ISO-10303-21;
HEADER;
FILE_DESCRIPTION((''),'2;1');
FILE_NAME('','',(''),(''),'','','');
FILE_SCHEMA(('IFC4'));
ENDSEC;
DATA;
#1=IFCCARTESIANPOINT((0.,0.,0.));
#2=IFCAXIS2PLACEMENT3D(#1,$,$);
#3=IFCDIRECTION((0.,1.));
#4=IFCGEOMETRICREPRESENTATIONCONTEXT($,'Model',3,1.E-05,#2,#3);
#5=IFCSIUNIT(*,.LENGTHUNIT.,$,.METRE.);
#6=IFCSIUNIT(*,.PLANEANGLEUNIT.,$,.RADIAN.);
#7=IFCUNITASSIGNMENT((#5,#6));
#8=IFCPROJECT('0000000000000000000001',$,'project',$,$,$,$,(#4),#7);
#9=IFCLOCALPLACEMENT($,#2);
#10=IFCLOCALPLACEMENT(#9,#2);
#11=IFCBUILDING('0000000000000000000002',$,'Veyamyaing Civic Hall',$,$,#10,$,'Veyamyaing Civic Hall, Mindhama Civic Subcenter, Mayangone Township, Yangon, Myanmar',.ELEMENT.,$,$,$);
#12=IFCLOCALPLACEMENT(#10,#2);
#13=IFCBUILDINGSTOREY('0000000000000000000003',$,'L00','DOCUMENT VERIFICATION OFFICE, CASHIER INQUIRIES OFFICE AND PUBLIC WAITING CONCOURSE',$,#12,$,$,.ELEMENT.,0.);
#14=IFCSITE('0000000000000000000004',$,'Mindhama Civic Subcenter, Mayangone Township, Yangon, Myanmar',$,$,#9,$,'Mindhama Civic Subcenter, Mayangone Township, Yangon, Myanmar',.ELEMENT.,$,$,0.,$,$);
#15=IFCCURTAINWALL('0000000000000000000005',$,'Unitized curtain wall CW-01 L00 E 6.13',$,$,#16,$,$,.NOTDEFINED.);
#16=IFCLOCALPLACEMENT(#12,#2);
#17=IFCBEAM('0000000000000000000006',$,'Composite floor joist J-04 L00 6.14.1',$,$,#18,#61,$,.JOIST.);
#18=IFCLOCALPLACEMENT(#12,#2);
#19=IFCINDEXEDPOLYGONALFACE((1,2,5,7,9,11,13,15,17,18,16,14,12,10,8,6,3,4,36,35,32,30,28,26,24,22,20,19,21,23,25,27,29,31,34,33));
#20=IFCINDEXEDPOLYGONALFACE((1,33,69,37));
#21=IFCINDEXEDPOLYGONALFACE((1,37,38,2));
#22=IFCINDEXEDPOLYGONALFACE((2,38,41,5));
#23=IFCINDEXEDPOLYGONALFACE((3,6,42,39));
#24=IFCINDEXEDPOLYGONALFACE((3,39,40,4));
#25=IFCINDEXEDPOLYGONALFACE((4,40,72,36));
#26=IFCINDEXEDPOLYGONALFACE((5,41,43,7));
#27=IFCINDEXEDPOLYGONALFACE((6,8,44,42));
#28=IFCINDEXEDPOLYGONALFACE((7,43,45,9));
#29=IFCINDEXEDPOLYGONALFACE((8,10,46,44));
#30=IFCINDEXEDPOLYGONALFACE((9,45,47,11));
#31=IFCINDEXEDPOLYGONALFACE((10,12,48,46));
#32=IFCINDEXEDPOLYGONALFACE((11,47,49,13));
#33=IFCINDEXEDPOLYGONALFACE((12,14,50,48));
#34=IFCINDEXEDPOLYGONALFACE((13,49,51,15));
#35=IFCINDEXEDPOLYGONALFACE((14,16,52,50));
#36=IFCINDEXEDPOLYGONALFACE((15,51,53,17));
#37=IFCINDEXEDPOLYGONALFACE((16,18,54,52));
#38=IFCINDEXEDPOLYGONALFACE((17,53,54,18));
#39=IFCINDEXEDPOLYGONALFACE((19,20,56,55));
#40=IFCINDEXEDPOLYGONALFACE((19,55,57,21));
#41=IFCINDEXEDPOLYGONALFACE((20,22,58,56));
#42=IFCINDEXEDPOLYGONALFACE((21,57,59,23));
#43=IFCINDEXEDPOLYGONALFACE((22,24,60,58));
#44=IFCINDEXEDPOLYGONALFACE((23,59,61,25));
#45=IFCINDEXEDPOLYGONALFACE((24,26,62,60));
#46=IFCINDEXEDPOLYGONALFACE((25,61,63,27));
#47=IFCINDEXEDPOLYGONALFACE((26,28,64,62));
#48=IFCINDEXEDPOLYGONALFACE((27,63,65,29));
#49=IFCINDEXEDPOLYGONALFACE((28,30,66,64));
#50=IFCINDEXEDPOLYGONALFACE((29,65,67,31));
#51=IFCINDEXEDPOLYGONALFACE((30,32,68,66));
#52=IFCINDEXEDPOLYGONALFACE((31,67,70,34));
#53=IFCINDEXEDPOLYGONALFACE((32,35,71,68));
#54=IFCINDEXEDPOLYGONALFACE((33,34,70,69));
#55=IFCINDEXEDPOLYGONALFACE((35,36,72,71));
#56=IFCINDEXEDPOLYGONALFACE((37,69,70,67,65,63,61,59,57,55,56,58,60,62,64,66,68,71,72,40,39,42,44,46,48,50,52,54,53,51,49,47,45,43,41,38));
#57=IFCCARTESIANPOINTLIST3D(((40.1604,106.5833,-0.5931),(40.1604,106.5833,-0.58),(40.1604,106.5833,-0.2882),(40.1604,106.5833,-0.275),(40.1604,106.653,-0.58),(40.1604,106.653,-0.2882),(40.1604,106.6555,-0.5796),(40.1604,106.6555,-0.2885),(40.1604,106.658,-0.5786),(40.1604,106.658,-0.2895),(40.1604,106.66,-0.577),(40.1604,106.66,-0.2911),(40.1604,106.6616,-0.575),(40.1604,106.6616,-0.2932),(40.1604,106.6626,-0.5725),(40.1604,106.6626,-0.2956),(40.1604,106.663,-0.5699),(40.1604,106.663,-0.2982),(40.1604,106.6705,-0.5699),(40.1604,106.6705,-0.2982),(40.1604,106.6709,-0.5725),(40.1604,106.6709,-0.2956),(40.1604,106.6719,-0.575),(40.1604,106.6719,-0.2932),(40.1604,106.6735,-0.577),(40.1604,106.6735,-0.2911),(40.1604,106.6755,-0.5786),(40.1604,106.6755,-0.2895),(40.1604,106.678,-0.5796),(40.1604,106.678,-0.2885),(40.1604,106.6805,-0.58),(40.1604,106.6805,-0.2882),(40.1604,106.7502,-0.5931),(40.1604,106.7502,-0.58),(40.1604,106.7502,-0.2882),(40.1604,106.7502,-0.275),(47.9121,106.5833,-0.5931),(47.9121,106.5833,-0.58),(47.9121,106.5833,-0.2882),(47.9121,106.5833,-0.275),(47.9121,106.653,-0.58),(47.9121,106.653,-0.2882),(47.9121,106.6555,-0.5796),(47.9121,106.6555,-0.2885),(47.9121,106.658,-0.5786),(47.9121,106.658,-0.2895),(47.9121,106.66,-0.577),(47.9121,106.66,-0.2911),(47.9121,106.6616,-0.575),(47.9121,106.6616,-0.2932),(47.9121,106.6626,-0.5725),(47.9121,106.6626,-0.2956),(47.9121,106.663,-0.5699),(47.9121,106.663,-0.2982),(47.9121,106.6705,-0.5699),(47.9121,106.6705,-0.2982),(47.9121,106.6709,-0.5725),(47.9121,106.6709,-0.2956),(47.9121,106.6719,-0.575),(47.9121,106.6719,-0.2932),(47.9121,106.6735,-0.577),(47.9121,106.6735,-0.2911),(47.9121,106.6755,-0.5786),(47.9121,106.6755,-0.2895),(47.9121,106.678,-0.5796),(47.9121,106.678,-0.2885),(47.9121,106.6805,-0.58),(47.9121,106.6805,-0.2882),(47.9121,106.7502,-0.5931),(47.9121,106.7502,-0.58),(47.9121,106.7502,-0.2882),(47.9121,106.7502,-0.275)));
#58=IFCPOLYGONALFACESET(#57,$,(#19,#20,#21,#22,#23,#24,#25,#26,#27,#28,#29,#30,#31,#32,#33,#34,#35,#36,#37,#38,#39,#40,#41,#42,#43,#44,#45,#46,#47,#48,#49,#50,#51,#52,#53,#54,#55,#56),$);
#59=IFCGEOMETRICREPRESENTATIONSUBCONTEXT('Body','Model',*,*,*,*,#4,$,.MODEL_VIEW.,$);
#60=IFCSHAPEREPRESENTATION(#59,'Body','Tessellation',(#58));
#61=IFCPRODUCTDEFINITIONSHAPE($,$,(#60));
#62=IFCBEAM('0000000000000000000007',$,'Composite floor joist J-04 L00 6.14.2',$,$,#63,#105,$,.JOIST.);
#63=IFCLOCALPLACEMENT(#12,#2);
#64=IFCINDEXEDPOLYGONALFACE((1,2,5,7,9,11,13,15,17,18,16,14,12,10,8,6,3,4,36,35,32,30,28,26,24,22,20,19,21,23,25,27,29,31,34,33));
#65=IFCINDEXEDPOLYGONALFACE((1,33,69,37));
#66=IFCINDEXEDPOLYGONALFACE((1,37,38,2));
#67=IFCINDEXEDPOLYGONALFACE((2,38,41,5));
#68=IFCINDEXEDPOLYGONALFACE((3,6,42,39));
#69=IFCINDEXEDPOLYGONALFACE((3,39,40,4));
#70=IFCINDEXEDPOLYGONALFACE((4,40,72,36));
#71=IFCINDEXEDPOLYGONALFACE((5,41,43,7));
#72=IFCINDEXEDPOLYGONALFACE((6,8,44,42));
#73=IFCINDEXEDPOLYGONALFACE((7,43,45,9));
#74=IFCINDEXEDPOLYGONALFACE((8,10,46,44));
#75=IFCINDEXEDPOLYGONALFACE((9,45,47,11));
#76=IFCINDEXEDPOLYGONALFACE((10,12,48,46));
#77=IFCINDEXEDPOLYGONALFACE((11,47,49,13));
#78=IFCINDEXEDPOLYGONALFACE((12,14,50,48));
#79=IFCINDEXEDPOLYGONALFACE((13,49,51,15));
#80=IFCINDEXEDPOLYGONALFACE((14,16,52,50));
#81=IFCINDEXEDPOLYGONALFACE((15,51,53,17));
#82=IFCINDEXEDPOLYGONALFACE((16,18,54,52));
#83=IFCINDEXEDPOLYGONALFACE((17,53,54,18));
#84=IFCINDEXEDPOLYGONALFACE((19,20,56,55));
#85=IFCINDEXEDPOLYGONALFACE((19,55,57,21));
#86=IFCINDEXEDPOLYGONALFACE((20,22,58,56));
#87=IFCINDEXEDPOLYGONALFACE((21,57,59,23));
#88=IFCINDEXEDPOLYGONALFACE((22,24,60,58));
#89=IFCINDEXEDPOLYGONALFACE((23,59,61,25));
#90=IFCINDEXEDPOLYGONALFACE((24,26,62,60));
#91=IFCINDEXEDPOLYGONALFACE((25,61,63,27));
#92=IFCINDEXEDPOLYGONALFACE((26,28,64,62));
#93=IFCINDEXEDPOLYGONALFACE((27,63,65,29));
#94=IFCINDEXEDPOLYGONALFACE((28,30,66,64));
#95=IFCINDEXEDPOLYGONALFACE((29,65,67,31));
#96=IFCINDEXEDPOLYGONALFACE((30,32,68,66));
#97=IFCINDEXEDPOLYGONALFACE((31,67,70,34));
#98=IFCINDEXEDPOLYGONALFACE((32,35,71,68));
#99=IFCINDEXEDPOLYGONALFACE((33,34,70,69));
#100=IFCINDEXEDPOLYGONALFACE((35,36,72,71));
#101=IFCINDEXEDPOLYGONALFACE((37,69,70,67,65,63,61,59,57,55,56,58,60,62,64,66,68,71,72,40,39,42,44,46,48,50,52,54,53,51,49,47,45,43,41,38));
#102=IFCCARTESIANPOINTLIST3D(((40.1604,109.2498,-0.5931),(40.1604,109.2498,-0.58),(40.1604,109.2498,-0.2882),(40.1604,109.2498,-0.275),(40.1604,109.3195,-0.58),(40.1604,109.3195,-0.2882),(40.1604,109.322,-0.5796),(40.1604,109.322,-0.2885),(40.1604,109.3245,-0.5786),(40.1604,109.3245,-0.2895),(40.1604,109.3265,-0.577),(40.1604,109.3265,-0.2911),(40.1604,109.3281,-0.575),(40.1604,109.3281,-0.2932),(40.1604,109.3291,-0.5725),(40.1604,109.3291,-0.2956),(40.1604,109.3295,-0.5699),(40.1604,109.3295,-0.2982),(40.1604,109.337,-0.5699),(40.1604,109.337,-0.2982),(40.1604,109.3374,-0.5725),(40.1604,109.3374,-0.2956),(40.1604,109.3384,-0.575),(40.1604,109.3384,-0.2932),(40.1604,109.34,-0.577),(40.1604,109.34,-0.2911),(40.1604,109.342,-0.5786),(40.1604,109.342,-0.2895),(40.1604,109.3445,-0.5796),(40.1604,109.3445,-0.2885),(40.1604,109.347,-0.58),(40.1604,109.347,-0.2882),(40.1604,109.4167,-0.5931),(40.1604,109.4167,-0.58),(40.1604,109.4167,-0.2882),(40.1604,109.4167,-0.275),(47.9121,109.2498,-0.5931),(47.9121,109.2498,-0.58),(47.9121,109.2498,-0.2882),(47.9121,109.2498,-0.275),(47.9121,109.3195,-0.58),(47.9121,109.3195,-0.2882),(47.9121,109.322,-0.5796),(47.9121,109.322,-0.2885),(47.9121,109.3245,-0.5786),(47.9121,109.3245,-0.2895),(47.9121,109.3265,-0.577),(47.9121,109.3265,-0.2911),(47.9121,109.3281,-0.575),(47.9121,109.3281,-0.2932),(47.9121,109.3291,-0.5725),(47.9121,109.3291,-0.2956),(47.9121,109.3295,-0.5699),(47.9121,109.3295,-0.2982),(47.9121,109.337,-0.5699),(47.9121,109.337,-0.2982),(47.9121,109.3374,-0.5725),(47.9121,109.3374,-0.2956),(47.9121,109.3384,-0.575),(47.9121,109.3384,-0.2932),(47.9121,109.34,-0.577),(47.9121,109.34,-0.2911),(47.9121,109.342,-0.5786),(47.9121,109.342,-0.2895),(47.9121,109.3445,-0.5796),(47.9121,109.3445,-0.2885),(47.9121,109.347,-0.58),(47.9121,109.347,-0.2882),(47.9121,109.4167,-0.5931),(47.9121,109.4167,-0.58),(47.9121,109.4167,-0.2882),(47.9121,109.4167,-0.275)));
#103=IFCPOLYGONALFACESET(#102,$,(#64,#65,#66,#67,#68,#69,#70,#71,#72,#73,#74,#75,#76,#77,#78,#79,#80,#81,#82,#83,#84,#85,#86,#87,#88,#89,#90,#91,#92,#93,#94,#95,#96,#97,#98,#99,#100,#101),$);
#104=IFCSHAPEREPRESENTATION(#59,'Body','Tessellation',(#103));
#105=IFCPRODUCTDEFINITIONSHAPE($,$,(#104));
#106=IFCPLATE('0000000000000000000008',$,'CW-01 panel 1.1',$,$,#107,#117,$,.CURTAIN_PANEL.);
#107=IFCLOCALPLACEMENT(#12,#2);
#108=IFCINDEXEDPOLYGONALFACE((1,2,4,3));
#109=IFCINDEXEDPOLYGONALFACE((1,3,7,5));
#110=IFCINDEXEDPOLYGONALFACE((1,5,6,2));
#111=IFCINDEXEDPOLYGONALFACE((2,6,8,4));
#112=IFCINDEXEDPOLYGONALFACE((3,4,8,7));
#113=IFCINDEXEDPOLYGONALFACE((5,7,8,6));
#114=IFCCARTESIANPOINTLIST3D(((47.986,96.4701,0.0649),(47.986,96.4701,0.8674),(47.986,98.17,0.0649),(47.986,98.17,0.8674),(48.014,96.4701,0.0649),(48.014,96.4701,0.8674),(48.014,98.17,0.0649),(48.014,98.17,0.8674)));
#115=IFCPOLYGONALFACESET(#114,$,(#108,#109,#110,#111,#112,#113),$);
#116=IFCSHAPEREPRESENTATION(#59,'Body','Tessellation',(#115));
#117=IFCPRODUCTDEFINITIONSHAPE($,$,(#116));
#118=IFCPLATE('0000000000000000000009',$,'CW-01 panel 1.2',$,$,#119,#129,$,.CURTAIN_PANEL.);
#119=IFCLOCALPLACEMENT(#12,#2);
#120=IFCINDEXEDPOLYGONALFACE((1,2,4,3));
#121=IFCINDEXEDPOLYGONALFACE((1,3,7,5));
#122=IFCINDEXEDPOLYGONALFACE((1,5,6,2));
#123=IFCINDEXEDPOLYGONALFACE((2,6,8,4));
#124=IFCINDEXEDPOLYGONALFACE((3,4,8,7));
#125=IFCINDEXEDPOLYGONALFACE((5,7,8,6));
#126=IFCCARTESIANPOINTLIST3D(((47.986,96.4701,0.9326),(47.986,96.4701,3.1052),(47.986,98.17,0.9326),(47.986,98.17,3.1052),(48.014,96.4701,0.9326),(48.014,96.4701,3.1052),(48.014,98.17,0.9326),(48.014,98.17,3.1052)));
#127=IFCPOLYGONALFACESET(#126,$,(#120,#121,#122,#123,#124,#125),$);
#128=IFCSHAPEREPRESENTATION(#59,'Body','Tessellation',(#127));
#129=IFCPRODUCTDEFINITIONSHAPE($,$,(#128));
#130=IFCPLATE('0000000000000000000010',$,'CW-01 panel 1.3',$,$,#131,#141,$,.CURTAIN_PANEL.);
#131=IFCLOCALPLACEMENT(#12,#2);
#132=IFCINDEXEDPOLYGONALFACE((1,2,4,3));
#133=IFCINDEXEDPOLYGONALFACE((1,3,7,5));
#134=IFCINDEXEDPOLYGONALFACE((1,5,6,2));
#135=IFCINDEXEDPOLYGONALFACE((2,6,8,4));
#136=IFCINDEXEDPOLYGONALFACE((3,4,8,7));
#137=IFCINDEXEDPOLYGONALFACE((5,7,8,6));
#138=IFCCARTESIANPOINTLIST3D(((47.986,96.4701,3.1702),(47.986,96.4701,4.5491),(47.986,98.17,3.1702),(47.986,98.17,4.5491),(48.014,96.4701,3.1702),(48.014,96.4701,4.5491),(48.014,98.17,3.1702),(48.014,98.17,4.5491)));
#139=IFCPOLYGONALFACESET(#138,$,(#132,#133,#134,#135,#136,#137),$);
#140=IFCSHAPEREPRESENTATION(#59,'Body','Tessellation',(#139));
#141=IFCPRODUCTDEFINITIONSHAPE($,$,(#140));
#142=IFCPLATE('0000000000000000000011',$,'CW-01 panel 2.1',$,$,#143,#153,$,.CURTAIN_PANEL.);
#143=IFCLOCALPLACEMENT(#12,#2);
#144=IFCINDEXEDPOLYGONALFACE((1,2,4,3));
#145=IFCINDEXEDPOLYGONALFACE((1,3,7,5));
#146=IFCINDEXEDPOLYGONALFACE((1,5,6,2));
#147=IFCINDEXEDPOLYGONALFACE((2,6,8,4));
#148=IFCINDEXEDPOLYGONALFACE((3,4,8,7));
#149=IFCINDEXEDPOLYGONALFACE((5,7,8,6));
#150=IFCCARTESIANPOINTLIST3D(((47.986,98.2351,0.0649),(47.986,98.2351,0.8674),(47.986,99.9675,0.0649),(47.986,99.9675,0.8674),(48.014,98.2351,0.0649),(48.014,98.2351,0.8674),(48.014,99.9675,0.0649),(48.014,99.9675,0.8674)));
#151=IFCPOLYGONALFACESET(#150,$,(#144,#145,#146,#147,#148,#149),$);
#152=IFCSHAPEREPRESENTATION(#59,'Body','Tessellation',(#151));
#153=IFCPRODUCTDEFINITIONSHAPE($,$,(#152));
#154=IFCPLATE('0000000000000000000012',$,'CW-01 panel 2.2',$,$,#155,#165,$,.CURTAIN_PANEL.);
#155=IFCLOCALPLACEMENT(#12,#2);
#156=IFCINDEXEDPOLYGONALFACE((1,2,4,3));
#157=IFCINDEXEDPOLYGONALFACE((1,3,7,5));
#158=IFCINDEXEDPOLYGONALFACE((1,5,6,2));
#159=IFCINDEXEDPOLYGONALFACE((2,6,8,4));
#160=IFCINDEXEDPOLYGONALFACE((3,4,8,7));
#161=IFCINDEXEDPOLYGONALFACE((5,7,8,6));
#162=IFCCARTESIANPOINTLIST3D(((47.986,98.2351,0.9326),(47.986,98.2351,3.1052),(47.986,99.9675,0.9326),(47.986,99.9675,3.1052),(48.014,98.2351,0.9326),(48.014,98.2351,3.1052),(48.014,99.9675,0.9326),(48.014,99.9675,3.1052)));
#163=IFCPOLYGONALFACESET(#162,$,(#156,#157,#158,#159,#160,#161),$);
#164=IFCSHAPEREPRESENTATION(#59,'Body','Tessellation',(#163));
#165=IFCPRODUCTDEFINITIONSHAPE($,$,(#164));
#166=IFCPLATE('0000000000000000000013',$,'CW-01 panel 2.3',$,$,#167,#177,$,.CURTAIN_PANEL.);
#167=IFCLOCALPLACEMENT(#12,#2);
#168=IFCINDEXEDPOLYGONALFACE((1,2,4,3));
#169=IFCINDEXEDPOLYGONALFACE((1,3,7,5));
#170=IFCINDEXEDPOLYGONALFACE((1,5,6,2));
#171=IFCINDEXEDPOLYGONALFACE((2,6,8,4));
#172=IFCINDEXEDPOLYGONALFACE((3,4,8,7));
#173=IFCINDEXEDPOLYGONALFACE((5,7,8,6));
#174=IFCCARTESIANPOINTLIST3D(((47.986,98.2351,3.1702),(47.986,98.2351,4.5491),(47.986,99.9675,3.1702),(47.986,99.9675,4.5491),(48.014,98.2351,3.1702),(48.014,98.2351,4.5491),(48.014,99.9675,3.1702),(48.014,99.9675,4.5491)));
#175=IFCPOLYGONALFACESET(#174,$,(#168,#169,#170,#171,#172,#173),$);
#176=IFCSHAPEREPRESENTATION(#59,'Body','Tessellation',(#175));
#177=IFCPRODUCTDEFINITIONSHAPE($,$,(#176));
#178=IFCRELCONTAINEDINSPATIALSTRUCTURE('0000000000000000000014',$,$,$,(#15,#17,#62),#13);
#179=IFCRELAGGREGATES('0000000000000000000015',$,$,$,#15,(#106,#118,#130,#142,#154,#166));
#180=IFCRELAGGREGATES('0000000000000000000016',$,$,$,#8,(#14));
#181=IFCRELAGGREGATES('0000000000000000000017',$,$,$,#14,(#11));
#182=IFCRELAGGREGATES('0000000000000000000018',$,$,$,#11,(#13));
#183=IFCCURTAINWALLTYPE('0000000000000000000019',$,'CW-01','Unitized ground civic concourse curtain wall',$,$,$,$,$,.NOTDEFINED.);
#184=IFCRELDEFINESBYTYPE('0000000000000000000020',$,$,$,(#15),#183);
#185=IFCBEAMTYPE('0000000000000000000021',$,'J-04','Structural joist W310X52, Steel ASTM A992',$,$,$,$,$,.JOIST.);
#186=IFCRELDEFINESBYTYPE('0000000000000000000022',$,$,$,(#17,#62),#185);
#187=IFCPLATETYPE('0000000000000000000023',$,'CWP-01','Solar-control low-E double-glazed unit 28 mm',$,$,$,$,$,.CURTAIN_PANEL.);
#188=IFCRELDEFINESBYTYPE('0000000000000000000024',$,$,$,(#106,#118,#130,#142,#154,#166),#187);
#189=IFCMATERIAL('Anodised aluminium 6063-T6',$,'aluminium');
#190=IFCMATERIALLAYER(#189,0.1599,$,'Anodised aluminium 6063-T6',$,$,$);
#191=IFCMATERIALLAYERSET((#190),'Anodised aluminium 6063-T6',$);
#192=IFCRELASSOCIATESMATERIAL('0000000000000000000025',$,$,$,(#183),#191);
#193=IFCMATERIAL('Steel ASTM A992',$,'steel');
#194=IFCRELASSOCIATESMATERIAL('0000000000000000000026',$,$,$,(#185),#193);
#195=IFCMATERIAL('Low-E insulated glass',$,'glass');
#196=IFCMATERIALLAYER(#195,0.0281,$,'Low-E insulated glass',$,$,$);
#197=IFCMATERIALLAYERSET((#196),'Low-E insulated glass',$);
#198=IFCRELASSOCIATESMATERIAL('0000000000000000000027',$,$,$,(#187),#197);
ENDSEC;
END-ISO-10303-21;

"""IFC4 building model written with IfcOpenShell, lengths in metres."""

from ifc_helpers import new_model, si_unit, direction, frame, origin, origin_2d, place, context, subcontext, project, spatial, rectangle, i_section, extrude, material, layer, layer_set, material_profile, profile_set, type_object, element, aggregate, save


model = new_model("IFC4")

# Units and contexts
model_context = context("Model", 3, precision=1e-05, world=origin(), true_north=direction((0.0, 1.0)))
body_context = subcontext(model_context, "Body", "Model", "MODEL_VIEW")
ifc_project = project(units=[si_unit("LENGTHUNIT", "METRE"), si_unit("PLANEANGLEUNIT", "RADIAN")], contexts=[model_context])

# Site, building, storey
site_placement = place(None, origin())
site = spatial("IfcSite", under=ifc_project, at=site_placement, Name="Mindhama Civic Subcenter, Mayangone Township, Yangon, Myanmar", LongName="Mindhama Civic Subcenter, Mayangone Township, Yangon, Myanmar", CompositionType="ELEMENT", RefElevation=0.0)
building_placement = place(site_placement, origin())
building = spatial("IfcBuilding", under=site, at=building_placement, Name="Veyamyaing Civic Hall", LongName="Veyamyaing Civic Hall, Mindhama Civic Subcenter, Mayangone Township, Yangon, Myanmar", CompositionType="ELEMENT")
storey_placement = place(building_placement, origin())
storey = spatial("IfcBuildingStorey", under=building, at=storey_placement, Name="L00", Description="DOCUMENT VERIFICATION OFFICE, CASHIER INQUIRIES OFFICE AND PUBLIC WAITING CONCOURSE", CompositionType="ELEMENT", Elevation=0.0)

# Shared definitions
ifc_material_1 = material(Name="Steel ASTM A992", Category="steel")

# Curtain wall
ifc_material_2 = material(Name="Anodised aluminium 6063-T6", Category="aluminium")
ifc_layer_1 = layer(ifc_material_2, 0.1599, Name="Anodised aluminium 6063-T6")
ifc_layer_set_1 = layer_set([ifc_layer_1], Name="Anodised aluminium 6063-T6")
curtain_wall_type = type_object("IfcCurtainWallType", Name="CW-01", Description="Unitized ground civic concourse curtain wall", PredefinedType="NOTDEFINED", material=ifc_layer_set_1)
curtain_wall_placement = place(storey_placement, origin())
curtain_wall = element("IfcCurtainWall", 1, at=curtain_wall_placement, inside=storey, type_object=curtain_wall_type, Name="Unitized curtain wall CW-01 L00 E 6.13", PredefinedType="NOTDEFINED")

# Beams
ifc_material_profile_1 = material_profile(ifc_material_1, i_section(OverallWidth=0.167, OverallDepth=0.3181, WebThickness=0.0076, FlangeThickness=0.0132, FilletRadius=0.01, at=origin_2d()), Name="W310X52")
ifc_profile_set_1 = profile_set([ifc_material_profile_1], Name="Steel ASTM A992")
beam_type_1 = type_object("IfcBeamType", Name="J-04", Description="Structural joist W310X52, Steel ASTM A992", PredefinedType="JOIST", material=ifc_profile_set_1)
for number, where, z_axis, x_axis, name in (
    (2, (40.1604, 106.6667, -0.4341), (1.0, 0.0, 0.0), (0.0, 1.0, 0.0), "Composite floor joist J-04 L00 6.14.1"),
    (3, (40.1604, 109.3333, -0.4341), (1.0, 0.0, 0.0), (0.0, 1.0, 0.0), "Composite floor joist J-04 L00 6.14.2"),
):
    element("IfcBeam", number, at=place(storey_placement, frame(where, z_axis=z_axis, x_axis=x_axis)), inside=storey, type_object=beam_type_1, Name=name, PredefinedType="JOIST", context=body_context, shape_type="SweptSolid", body=[
        extrude(i_section(OverallWidth=0.167, OverallDepth=0.3181, WebThickness=0.0076, FlangeThickness=0.0132, FilletRadius=0.01, at=origin_2d()), origin(), (0.0, 0.0, 1.0), 7.7517),
    ])

# Plates
ifc_material_3 = material(Name="Low-E insulated glass", Category="glass")
ifc_layer_2 = layer(ifc_material_3, 0.0281, Name="Low-E insulated glass")
ifc_layer_set_2 = layer_set([ifc_layer_2], Name="Low-E insulated glass")
plate_type = type_object("IfcPlateType", Name="CWP-01", Description="Solar-control low-E double-glazed unit 28 mm", PredefinedType="CURTAIN_PANEL", material=ifc_layer_set_2)
plate_1_placement = place(storey_placement, frame((48.0, 97.3201, 0.0649), z_axis=(0.0, 0.0, 1.0), x_axis=(0.0, 1.0, 0.0)))
plate_1 = element("IfcPlate", 4, at=plate_1_placement, type_object=plate_type, Name="CW-01 panel 1.1", PredefinedType="CURTAIN_PANEL", context=body_context, shape_type="SweptSolid", body=[
    extrude(rectangle(XDim=1.7, YDim=0.0281, at=origin_2d()), origin(), (0.0, 0.0, 1.0), 0.8025),
])
plate_2_placement = place(storey_placement, frame((48.0, 97.3201, 0.9326), z_axis=(0.0, 0.0, 1.0), x_axis=(0.0, 1.0, 0.0)))
plate_2 = element("IfcPlate", 5, at=plate_2_placement, type_object=plate_type, Name="CW-01 panel 1.2", PredefinedType="CURTAIN_PANEL", context=body_context, shape_type="SweptSolid", body=[
    extrude(rectangle(XDim=1.7, YDim=0.0281, at=origin_2d()), origin(), (0.0, 0.0, 1.0), 2.1726),
])
plate_3_placement = place(storey_placement, frame((48.0, 97.3201, 3.1702), z_axis=(0.0, 0.0, 1.0), x_axis=(0.0, 1.0, 0.0)))
plate_3 = element("IfcPlate", 6, at=plate_3_placement, type_object=plate_type, Name="CW-01 panel 1.3", PredefinedType="CURTAIN_PANEL", context=body_context, shape_type="SweptSolid", body=[
    extrude(rectangle(XDim=1.7, YDim=0.0281, at=origin_2d()), origin(), (0.0, 0.0, 1.0), 1.3789),
])
plate_4_placement = place(storey_placement, frame((48.0, 99.1013, 0.0649), z_axis=(0.0, 0.0, 1.0), x_axis=(0.0, 1.0, 0.0)))
plate_4 = element("IfcPlate", 7, at=plate_4_placement, type_object=plate_type, Name="CW-01 panel 2.1", PredefinedType="CURTAIN_PANEL", context=body_context, shape_type="SweptSolid", body=[
    extrude(rectangle(XDim=1.7324, YDim=0.0281, at=origin_2d()), origin(), (0.0, 0.0, 1.0), 0.8025),
])
plate_5_placement = place(storey_placement, frame((48.0, 99.1013, 0.9326), z_axis=(0.0, 0.0, 1.0), x_axis=(0.0, 1.0, 0.0)))
plate_5 = element("IfcPlate", 8, at=plate_5_placement, type_object=plate_type, Name="CW-01 panel 2.2", PredefinedType="CURTAIN_PANEL", context=body_context, shape_type="SweptSolid", body=[
    extrude(rectangle(XDim=1.7324, YDim=0.0281, at=origin_2d()), origin(), (0.0, 0.0, 1.0), 2.1726),
])
plate_6_placement = place(storey_placement, frame((48.0, 99.1013, 3.1702), z_axis=(0.0, 0.0, 1.0), x_axis=(0.0, 1.0, 0.0)))
plate_6 = element("IfcPlate", 9, at=plate_6_placement, type_object=plate_type, Name="CW-01 panel 2.3", PredefinedType="CURTAIN_PANEL", context=body_context, shape_type="SweptSolid", body=[
    extrude(rectangle(XDim=1.7324, YDim=0.0281, at=origin_2d()), origin(), (0.0, 0.0, 1.0), 1.3789),
])
aggregate(curtain_wall, [plate_1, plate_2, plate_3, plate_4, plate_5, plate_6])

save(model, "model.ifc")
